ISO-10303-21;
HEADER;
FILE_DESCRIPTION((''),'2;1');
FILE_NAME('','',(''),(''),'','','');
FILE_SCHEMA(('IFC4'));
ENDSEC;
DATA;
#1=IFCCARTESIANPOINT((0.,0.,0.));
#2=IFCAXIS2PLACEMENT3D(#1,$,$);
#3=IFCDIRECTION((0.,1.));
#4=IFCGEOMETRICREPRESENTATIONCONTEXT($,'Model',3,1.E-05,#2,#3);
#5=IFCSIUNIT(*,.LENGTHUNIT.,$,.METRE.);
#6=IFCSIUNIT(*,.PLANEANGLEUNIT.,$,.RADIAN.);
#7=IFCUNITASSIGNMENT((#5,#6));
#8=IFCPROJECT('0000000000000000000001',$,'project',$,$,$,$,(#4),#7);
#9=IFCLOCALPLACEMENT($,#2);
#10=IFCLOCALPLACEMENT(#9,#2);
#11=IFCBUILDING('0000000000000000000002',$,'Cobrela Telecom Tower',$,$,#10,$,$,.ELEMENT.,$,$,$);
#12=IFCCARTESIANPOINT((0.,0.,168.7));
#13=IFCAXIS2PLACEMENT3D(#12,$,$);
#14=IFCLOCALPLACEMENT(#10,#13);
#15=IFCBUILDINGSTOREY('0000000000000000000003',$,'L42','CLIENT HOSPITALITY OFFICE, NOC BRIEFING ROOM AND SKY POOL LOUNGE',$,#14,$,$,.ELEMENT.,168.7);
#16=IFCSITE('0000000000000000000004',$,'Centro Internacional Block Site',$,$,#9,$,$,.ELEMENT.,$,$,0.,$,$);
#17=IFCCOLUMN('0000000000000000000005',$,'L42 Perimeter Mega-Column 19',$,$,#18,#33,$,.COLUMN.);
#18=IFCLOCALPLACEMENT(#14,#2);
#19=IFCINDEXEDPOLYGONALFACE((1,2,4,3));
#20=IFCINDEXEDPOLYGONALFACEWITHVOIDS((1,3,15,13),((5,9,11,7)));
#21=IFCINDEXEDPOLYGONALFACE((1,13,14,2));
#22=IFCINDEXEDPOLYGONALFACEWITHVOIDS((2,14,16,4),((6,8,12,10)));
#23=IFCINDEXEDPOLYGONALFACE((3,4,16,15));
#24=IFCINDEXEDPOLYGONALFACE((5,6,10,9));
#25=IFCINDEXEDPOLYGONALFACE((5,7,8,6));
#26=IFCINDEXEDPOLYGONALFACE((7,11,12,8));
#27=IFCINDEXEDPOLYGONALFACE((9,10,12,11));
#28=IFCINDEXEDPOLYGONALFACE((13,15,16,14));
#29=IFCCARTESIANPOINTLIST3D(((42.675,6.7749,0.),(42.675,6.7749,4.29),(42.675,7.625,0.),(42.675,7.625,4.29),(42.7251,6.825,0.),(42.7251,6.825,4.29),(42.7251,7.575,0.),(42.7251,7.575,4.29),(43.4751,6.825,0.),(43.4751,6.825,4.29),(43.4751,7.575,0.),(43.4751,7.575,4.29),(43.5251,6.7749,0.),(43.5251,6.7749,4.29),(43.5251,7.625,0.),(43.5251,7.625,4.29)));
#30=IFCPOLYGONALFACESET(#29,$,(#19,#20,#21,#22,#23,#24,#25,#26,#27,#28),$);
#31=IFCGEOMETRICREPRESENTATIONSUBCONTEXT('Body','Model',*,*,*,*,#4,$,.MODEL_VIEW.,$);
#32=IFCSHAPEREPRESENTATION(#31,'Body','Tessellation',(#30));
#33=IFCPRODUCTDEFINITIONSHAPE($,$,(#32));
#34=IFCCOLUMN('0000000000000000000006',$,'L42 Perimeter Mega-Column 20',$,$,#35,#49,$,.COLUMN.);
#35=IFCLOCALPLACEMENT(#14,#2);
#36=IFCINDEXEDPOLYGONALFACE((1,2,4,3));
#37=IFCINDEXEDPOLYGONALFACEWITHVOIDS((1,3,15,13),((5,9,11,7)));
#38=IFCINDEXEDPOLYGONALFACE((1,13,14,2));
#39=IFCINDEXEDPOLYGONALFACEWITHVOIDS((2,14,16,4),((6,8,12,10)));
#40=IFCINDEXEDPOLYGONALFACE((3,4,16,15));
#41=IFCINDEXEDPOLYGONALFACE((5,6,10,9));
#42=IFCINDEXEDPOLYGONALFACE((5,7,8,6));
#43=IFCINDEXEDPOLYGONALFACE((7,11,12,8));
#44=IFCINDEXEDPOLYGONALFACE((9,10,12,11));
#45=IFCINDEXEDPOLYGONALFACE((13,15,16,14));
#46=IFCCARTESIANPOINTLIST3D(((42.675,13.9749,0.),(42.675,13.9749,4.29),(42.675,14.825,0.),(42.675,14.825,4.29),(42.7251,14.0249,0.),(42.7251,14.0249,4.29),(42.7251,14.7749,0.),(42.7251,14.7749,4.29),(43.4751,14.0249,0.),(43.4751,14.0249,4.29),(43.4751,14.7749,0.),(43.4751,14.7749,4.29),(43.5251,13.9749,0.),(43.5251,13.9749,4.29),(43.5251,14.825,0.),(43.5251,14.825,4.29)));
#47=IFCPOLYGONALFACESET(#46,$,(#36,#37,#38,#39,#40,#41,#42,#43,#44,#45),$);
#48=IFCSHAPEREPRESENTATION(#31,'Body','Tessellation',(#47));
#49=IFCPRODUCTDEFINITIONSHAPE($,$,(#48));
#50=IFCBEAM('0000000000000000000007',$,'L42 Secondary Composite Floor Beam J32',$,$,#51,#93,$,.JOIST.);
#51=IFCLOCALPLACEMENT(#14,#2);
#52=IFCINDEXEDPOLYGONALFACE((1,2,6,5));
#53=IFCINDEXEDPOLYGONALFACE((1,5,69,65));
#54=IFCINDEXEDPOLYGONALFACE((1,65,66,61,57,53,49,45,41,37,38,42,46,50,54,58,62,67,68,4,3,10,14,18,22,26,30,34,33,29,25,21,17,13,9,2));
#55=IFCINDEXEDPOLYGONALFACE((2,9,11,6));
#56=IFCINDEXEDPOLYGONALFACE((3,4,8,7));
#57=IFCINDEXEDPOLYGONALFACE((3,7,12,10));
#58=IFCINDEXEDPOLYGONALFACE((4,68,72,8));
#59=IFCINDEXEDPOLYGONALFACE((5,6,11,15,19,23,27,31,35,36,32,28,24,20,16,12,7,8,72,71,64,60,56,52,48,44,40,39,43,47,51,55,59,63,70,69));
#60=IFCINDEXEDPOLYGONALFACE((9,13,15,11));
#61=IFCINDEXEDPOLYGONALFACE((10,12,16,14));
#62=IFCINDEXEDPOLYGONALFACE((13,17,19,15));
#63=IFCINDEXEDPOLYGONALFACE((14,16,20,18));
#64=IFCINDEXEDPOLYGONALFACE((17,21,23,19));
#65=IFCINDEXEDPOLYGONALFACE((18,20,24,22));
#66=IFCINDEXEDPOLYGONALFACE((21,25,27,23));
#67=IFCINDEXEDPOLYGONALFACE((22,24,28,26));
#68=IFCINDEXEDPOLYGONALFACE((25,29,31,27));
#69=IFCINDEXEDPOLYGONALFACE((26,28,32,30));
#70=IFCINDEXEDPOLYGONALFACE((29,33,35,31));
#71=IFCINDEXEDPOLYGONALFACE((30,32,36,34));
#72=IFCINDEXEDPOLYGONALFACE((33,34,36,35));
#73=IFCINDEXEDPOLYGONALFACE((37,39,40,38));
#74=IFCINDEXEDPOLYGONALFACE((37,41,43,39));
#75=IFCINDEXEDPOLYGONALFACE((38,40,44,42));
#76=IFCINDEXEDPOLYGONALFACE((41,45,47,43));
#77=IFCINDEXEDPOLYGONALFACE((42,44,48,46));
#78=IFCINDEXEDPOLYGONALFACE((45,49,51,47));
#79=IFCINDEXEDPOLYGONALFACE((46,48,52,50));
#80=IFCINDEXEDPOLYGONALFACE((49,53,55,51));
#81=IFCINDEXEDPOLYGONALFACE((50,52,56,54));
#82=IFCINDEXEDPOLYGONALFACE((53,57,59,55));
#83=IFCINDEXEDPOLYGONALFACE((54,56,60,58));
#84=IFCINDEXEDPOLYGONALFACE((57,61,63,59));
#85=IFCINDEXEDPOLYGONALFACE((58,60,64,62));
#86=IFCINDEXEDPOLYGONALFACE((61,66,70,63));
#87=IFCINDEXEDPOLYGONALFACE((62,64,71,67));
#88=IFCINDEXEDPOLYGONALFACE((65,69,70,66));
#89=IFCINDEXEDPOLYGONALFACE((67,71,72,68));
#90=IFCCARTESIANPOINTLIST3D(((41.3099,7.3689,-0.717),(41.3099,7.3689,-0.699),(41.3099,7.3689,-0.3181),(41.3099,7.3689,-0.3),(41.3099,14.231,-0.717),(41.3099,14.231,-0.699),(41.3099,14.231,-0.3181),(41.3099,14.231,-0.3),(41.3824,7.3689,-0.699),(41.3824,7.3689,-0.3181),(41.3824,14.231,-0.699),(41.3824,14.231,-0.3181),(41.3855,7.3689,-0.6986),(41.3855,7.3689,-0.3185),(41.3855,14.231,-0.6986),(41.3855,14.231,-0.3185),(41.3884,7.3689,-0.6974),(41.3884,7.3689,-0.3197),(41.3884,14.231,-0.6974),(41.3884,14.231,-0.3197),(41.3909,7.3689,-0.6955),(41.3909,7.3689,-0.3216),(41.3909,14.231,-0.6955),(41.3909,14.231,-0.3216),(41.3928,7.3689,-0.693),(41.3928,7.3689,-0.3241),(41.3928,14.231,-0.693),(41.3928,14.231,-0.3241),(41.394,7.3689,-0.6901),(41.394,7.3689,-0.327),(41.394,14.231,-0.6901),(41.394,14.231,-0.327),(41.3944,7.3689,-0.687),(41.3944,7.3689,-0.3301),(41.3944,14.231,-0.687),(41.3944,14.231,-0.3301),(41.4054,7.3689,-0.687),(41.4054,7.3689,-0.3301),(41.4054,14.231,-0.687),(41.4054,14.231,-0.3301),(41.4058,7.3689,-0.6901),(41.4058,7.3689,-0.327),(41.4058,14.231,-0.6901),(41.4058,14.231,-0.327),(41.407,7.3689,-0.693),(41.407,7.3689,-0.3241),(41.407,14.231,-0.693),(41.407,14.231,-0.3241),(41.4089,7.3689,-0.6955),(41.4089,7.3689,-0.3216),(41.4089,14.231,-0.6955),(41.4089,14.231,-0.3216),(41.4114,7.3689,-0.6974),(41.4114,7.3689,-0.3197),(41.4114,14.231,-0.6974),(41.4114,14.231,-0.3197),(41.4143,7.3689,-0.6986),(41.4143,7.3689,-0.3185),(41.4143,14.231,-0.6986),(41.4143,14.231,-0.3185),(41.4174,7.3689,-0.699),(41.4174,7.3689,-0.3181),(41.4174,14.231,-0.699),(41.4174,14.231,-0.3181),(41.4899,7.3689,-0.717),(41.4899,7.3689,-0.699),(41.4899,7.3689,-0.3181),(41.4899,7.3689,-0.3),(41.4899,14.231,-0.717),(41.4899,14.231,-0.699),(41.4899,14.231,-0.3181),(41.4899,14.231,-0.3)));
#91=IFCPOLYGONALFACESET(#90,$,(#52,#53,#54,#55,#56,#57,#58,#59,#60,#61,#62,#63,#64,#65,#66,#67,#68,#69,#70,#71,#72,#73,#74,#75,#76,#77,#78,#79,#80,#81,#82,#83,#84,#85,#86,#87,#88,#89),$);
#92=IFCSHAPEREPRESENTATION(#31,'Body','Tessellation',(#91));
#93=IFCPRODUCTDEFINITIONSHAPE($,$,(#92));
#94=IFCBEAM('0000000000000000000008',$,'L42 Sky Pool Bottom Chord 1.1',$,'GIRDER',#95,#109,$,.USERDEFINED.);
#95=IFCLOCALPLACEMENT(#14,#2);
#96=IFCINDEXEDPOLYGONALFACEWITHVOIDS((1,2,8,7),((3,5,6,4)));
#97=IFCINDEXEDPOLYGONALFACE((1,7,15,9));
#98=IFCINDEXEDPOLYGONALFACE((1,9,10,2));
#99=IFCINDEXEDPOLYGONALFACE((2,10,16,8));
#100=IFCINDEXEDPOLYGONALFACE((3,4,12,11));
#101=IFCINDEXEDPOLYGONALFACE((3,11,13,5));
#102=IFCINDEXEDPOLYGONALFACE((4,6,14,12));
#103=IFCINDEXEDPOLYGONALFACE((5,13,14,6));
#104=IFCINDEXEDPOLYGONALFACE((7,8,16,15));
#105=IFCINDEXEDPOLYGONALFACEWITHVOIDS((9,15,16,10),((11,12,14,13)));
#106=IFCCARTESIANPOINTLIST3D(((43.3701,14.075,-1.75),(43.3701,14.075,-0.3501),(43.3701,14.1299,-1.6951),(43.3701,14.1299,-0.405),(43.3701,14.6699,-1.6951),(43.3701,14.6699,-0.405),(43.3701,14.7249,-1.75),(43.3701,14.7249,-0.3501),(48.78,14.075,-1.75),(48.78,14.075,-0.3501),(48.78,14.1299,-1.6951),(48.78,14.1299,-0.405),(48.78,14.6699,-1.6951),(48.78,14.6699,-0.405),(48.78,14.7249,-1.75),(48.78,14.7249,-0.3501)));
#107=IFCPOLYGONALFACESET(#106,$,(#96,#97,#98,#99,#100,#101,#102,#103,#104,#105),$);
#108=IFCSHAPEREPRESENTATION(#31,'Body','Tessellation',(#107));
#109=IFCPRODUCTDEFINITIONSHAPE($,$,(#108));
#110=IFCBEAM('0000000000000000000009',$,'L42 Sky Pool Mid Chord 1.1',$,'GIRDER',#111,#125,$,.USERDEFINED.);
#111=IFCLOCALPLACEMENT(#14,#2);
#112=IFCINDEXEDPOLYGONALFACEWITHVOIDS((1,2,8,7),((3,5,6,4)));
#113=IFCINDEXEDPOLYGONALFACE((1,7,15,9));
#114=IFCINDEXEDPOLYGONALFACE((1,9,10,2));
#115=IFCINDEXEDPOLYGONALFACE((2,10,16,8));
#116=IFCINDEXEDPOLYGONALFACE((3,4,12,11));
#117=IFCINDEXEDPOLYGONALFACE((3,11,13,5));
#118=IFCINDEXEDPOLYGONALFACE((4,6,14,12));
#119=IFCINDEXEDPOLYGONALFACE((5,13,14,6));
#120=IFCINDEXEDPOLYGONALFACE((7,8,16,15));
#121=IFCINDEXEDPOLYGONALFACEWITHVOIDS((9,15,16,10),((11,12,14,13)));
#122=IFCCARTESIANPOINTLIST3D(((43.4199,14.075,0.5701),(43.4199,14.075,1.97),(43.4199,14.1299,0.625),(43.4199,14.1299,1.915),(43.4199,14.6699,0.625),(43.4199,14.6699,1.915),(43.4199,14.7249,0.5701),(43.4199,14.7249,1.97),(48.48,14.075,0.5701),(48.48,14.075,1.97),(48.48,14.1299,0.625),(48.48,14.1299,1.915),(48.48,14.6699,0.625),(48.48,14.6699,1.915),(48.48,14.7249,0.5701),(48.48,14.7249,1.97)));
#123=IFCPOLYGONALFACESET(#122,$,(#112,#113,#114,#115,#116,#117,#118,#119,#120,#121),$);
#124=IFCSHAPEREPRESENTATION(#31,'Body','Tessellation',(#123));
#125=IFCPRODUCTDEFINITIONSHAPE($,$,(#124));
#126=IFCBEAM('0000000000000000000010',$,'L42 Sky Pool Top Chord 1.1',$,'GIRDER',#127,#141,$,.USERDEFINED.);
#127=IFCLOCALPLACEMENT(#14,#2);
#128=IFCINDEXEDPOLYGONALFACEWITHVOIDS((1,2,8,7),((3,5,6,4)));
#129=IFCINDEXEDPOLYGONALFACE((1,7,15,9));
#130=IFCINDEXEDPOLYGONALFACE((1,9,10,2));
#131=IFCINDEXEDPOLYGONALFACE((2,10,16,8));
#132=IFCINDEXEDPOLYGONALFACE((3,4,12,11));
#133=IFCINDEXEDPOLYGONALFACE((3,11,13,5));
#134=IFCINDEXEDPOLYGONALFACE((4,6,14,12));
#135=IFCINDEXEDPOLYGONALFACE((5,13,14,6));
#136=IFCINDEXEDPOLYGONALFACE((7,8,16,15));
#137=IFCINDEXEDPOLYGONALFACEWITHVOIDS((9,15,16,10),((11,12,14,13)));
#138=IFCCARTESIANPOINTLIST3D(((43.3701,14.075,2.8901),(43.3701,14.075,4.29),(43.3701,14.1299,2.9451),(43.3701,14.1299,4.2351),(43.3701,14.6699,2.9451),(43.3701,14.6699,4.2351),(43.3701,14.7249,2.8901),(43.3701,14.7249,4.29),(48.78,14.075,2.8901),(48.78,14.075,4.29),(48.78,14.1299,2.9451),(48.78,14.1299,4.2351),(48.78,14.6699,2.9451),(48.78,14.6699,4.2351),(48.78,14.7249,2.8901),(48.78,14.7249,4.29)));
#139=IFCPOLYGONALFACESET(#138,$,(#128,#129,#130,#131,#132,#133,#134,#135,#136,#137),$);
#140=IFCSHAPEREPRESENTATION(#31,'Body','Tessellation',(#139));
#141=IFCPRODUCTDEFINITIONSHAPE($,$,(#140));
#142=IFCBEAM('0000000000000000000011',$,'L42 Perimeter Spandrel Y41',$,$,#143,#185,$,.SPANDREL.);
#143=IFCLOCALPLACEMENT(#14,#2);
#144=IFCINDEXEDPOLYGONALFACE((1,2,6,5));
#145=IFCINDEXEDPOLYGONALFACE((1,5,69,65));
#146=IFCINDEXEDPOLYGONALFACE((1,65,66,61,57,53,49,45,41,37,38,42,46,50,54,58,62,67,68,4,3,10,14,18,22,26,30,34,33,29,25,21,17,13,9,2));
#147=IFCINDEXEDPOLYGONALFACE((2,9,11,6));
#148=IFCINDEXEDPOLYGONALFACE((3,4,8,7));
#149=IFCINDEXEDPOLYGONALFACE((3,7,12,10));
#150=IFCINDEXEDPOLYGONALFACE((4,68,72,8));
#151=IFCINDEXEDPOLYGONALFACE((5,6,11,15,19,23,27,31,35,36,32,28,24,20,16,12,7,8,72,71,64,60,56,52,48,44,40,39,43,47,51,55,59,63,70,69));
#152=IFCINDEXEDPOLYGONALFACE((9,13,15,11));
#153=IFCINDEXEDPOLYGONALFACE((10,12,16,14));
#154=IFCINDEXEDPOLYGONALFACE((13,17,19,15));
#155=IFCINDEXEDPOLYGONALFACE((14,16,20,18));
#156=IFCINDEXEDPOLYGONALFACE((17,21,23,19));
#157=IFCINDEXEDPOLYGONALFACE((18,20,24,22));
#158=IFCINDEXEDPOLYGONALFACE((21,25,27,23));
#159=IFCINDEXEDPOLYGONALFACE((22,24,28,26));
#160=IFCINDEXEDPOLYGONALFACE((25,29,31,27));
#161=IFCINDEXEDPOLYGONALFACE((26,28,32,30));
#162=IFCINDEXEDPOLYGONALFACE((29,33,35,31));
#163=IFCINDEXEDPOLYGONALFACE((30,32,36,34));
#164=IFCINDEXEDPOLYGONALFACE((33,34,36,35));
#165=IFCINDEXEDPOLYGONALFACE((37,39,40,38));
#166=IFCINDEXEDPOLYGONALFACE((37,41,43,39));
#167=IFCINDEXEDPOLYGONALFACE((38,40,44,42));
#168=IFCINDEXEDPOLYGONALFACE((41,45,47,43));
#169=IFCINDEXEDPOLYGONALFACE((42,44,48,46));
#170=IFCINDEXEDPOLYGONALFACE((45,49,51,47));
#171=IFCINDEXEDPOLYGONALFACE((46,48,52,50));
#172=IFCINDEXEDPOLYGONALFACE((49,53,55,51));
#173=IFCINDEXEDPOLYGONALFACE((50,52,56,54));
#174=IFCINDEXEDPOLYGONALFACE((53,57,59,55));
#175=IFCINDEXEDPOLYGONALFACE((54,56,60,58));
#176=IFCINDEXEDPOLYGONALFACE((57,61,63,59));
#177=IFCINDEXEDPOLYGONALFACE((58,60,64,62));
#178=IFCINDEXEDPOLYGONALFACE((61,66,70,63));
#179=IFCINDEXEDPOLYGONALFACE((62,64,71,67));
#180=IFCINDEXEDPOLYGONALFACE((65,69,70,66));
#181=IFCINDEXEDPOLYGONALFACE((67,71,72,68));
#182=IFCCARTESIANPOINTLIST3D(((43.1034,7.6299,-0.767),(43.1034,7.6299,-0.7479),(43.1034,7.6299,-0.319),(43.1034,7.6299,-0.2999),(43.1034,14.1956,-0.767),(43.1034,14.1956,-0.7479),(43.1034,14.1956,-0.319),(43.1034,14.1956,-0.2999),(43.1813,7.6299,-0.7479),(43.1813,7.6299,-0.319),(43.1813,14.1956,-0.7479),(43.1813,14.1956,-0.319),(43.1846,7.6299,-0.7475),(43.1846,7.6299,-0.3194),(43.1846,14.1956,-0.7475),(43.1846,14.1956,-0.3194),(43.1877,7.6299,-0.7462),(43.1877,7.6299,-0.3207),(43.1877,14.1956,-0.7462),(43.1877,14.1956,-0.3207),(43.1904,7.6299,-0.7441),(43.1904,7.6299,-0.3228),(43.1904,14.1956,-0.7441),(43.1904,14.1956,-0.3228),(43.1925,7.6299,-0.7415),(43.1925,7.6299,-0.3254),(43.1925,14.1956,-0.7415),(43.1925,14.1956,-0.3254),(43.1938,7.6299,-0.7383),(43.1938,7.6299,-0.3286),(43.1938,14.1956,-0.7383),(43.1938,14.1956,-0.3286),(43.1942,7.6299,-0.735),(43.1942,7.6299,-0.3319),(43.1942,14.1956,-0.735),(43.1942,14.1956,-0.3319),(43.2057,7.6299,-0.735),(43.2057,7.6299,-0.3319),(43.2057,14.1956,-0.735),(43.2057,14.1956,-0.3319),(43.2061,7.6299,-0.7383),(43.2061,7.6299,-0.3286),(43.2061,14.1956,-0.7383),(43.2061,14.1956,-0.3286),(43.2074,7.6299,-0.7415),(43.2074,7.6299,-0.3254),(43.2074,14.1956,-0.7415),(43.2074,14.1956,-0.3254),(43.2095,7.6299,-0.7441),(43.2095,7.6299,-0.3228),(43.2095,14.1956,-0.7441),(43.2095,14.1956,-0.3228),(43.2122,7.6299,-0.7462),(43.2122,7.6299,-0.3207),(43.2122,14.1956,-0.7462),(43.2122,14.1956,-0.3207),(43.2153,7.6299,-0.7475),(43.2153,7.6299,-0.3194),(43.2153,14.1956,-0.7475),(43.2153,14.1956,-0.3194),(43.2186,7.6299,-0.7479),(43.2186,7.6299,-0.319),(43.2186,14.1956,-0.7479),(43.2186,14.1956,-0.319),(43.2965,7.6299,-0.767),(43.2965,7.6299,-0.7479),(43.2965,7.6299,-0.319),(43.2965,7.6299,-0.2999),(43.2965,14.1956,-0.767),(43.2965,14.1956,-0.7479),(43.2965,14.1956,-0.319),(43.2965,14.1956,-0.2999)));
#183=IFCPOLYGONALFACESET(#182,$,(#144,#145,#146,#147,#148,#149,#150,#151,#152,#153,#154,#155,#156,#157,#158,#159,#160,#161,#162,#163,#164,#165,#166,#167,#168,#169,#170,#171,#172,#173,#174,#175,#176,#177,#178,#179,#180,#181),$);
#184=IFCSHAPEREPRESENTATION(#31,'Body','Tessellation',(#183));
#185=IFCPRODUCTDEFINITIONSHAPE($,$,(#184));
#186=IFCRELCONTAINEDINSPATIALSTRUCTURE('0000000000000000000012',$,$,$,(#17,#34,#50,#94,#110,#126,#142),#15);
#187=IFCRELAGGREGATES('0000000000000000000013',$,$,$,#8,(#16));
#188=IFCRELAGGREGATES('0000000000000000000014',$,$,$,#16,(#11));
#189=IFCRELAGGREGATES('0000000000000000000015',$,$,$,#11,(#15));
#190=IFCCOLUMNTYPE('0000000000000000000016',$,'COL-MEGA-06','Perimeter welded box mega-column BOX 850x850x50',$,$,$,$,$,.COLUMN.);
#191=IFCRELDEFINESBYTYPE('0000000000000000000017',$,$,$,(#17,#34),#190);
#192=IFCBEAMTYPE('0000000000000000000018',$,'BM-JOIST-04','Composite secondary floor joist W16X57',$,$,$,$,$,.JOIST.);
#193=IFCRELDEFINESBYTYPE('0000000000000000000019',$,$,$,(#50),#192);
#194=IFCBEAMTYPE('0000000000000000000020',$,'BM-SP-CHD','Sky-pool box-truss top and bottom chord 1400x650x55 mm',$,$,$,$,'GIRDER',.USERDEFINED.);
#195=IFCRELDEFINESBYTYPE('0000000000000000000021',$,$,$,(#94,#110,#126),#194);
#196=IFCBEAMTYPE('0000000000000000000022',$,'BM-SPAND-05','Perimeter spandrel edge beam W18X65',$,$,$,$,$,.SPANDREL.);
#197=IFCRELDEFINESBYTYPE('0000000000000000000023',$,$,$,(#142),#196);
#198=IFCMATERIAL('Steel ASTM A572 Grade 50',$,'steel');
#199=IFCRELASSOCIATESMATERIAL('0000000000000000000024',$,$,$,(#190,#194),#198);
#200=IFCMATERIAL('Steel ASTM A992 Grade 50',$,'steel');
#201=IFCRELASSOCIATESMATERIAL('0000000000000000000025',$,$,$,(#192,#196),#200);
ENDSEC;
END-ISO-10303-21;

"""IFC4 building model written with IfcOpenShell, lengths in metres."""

from ifc_helpers import new_model, si_unit, direction, frame, origin, origin_2d, place, context, subcontext, project, spatial, hollow_rectangle, i_section, extrude, material, material_profile, profile_set, type_object, element, save


model = new_model("IFC4")

# Units and contexts
model_context = context("Model", 3, precision=1e-05, world=origin(), true_north=direction((0.0, 1.0)))
body_context = subcontext(model_context, "Body", "Model", "MODEL_VIEW")
ifc_project = project(units=[si_unit("LENGTHUNIT", "METRE"), si_unit("PLANEANGLEUNIT", "RADIAN")], contexts=[model_context])

# Site, building, storey
site_placement = place(None, origin())
site = spatial("IfcSite", under=ifc_project, at=site_placement, Name="Centro Internacional Block Site", CompositionType="ELEMENT", RefElevation=0.0)
building_placement = place(site_placement, origin())
building = spatial("IfcBuilding", under=site, at=building_placement, Name="Cobrela Telecom Tower", CompositionType="ELEMENT")
storey_placement = place(building_placement, frame((0.0, 0.0, 168.7)))
storey = spatial("IfcBuildingStorey", under=building, at=storey_placement, Name="L42", Description="CLIENT HOSPITALITY OFFICE, NOC BRIEFING ROOM AND SKY POOL LOUNGE", CompositionType="ELEMENT", Elevation=168.7)

# Columns
ifc_material_1 = material(Name="Steel ASTM A572 Grade 50", Category="steel")
ifc_material_profile_1 = material_profile(ifc_material_1, hollow_rectangle(XDim=0.8501, YDim=0.8501, WallThickness=0.05, at=origin_2d()), Name="BOX 850x850x50")
ifc_profile_set_1 = profile_set([ifc_material_profile_1], Name="Steel ASTM A572 Grade 50")
column_type = type_object("IfcColumnType", Name="COL-MEGA-06", Description="Perimeter welded box mega-column BOX 850x850x50", PredefinedType="COLUMN", material=ifc_profile_set_1)
for number, where, z_axis, x_axis, name in (
    (1, (43.1001, 7.2, 0.0), (0.0, 0.0, 1.0), (1.0, 0.0, 0.0), "L42 Perimeter Mega-Column 19"),
    (2, (43.1001, 14.3999, 0.0), (0.0, 0.0, 1.0), (1.0, 0.0, 0.0), "L42 Perimeter Mega-Column 20"),
):
    element("IfcColumn", number, at=place(storey_placement, frame(where, z_axis=z_axis, x_axis=x_axis)), inside=storey, type_object=column_type, Name=name, PredefinedType="COLUMN", context=body_context, shape_type="SweptSolid", body=[
        extrude(hollow_rectangle(XDim=0.8501, YDim=0.8501, WallThickness=0.05, at=origin_2d()), origin(), (0.0, 0.0, 1.0), 4.29),
    ])

# Beams
ifc_material_2 = material(Name="Steel ASTM A992 Grade 50", Category="steel")
ifc_material_profile_2 = material_profile(ifc_material_2, i_section(OverallWidth=0.1799, OverallDepth=0.417, WebThickness=0.011, FlangeThickness=0.0181, FilletRadius=0.012, at=origin_2d()), Name="W16X57")
ifc_profile_set_2 = profile_set([ifc_material_profile_2], Name="Steel ASTM A992 Grade 50")
beam_type_1 = type_object("IfcBeamType", Name="BM-JOIST-04", Description="Composite secondary floor joist W16X57", PredefinedType="JOIST", material=ifc_profile_set_2)
beam_1_placement = place(storey_placement, frame((41.3999, 7.3689, -0.5085), z_axis=(0.0, 1.0, 0.0), x_axis=(-1.0, 0.0, 0.0)))
element("IfcBeam", 3, at=beam_1_placement, inside=storey, type_object=beam_type_1, Name="L42 Secondary Composite Floor Beam J32", PredefinedType="JOIST", context=body_context, shape_type="SweptSolid", body=[
    extrude(i_section(OverallWidth=0.1799, OverallDepth=0.417, WebThickness=0.011, FlangeThickness=0.0181, FilletRadius=0.012, at=origin_2d()), origin(), (0.0, 0.0, 1.0), 6.8621),
])
ifc_material_profile_3 = material_profile(ifc_material_1, hollow_rectangle(XDim=0.6499, YDim=1.3999, WallThickness=0.0549, at=origin_2d()), Name="BOX 1400x650x55")
ifc_profile_set_3 = profile_set([ifc_material_profile_3], Name="Steel ASTM A572 Grade 50")
beam_type_2 = type_object("IfcBeamType", Name="BM-SP-CHD", Description="Sky-pool box-truss top and bottom chord 1400x650x55 mm", ElementType="GIRDER", PredefinedType="USERDEFINED", material=ifc_profile_set_3)
beam_2_placement = place(storey_placement, frame((43.3701, 14.3999, -1.05), z_axis=(1.0, 0.0, 0.0), x_axis=(0.0, 1.0, 0.0)))
element("IfcBeam", 4, at=beam_2_placement, inside=storey, type_object=beam_type_2, Name="L42 Sky Pool Bottom Chord 1.1", ObjectType="GIRDER", PredefinedType="USERDEFINED", context=body_context, shape_type="SweptSolid", body=[
    extrude(hollow_rectangle(XDim=0.6499, YDim=1.3999, WallThickness=0.0549, at=origin_2d()), origin(), (0.0, 0.0, 1.0), 5.4099),
])
beam_3_placement = place(storey_placement, frame((43.4199, 14.3999, 1.27), z_axis=(1.0, 0.0, 0.0), x_axis=(0.0, 1.0, 0.0)))
element("IfcBeam", 5, at=beam_3_placement, inside=storey, type_object=beam_type_2, Name="L42 Sky Pool Mid Chord 1.1", ObjectType="GIRDER", PredefinedType="USERDEFINED", context=body_context, shape_type="SweptSolid", body=[
    extrude(hollow_rectangle(XDim=0.6499, YDim=1.3999, WallThickness=0.0549, at=origin_2d()), origin(), (0.0, 0.0, 1.0), 5.0601),
])
beam_4_placement = place(storey_placement, frame((43.3701, 14.3999, 3.5901), z_axis=(1.0, 0.0, 0.0), x_axis=(0.0, 1.0, 0.0)))
element("IfcBeam", 6, at=beam_4_placement, inside=storey, type_object=beam_type_2, Name="L42 Sky Pool Top Chord 1.1", ObjectType="GIRDER", PredefinedType="USERDEFINED", context=body_context, shape_type="SweptSolid", body=[
    extrude(hollow_rectangle(XDim=0.6499, YDim=1.3999, WallThickness=0.0549, at=origin_2d()), origin(), (0.0, 0.0, 1.0), 5.4099),
])
ifc_material_profile_4 = material_profile(ifc_material_2, i_section(OverallWidth=0.1931, OverallDepth=0.467, WebThickness=0.0115, FlangeThickness=0.019, FilletRadius=0.0129, at=origin_2d()), Name="W18X65")
ifc_profile_set_4 = profile_set([ifc_material_profile_4], Name="Steel ASTM A992 Grade 50")
beam_type_3 = type_object("IfcBeamType", Name="BM-SPAND-05", Description="Perimeter spandrel edge beam W18X65", PredefinedType="SPANDREL", material=ifc_profile_set_4)
beam_5_placement = place(storey_placement, frame((43.2, 7.6299, -0.5334), z_axis=(0.0, 1.0, 0.0), x_axis=(-1.0, 0.0, 0.0)))
element("IfcBeam", 7, at=beam_5_placement, inside=storey, type_object=beam_type_3, Name="L42 Perimeter Spandrel Y41", PredefinedType="SPANDREL", context=body_context, shape_type="SweptSolid", body=[
    extrude(i_section(OverallWidth=0.1931, OverallDepth=0.467, WebThickness=0.0115, FlangeThickness=0.019, FilletRadius=0.0129, at=origin_2d()), origin(), (0.0, 0.0, 1.0), 6.5657),
])

save(model, "model.ifc")
